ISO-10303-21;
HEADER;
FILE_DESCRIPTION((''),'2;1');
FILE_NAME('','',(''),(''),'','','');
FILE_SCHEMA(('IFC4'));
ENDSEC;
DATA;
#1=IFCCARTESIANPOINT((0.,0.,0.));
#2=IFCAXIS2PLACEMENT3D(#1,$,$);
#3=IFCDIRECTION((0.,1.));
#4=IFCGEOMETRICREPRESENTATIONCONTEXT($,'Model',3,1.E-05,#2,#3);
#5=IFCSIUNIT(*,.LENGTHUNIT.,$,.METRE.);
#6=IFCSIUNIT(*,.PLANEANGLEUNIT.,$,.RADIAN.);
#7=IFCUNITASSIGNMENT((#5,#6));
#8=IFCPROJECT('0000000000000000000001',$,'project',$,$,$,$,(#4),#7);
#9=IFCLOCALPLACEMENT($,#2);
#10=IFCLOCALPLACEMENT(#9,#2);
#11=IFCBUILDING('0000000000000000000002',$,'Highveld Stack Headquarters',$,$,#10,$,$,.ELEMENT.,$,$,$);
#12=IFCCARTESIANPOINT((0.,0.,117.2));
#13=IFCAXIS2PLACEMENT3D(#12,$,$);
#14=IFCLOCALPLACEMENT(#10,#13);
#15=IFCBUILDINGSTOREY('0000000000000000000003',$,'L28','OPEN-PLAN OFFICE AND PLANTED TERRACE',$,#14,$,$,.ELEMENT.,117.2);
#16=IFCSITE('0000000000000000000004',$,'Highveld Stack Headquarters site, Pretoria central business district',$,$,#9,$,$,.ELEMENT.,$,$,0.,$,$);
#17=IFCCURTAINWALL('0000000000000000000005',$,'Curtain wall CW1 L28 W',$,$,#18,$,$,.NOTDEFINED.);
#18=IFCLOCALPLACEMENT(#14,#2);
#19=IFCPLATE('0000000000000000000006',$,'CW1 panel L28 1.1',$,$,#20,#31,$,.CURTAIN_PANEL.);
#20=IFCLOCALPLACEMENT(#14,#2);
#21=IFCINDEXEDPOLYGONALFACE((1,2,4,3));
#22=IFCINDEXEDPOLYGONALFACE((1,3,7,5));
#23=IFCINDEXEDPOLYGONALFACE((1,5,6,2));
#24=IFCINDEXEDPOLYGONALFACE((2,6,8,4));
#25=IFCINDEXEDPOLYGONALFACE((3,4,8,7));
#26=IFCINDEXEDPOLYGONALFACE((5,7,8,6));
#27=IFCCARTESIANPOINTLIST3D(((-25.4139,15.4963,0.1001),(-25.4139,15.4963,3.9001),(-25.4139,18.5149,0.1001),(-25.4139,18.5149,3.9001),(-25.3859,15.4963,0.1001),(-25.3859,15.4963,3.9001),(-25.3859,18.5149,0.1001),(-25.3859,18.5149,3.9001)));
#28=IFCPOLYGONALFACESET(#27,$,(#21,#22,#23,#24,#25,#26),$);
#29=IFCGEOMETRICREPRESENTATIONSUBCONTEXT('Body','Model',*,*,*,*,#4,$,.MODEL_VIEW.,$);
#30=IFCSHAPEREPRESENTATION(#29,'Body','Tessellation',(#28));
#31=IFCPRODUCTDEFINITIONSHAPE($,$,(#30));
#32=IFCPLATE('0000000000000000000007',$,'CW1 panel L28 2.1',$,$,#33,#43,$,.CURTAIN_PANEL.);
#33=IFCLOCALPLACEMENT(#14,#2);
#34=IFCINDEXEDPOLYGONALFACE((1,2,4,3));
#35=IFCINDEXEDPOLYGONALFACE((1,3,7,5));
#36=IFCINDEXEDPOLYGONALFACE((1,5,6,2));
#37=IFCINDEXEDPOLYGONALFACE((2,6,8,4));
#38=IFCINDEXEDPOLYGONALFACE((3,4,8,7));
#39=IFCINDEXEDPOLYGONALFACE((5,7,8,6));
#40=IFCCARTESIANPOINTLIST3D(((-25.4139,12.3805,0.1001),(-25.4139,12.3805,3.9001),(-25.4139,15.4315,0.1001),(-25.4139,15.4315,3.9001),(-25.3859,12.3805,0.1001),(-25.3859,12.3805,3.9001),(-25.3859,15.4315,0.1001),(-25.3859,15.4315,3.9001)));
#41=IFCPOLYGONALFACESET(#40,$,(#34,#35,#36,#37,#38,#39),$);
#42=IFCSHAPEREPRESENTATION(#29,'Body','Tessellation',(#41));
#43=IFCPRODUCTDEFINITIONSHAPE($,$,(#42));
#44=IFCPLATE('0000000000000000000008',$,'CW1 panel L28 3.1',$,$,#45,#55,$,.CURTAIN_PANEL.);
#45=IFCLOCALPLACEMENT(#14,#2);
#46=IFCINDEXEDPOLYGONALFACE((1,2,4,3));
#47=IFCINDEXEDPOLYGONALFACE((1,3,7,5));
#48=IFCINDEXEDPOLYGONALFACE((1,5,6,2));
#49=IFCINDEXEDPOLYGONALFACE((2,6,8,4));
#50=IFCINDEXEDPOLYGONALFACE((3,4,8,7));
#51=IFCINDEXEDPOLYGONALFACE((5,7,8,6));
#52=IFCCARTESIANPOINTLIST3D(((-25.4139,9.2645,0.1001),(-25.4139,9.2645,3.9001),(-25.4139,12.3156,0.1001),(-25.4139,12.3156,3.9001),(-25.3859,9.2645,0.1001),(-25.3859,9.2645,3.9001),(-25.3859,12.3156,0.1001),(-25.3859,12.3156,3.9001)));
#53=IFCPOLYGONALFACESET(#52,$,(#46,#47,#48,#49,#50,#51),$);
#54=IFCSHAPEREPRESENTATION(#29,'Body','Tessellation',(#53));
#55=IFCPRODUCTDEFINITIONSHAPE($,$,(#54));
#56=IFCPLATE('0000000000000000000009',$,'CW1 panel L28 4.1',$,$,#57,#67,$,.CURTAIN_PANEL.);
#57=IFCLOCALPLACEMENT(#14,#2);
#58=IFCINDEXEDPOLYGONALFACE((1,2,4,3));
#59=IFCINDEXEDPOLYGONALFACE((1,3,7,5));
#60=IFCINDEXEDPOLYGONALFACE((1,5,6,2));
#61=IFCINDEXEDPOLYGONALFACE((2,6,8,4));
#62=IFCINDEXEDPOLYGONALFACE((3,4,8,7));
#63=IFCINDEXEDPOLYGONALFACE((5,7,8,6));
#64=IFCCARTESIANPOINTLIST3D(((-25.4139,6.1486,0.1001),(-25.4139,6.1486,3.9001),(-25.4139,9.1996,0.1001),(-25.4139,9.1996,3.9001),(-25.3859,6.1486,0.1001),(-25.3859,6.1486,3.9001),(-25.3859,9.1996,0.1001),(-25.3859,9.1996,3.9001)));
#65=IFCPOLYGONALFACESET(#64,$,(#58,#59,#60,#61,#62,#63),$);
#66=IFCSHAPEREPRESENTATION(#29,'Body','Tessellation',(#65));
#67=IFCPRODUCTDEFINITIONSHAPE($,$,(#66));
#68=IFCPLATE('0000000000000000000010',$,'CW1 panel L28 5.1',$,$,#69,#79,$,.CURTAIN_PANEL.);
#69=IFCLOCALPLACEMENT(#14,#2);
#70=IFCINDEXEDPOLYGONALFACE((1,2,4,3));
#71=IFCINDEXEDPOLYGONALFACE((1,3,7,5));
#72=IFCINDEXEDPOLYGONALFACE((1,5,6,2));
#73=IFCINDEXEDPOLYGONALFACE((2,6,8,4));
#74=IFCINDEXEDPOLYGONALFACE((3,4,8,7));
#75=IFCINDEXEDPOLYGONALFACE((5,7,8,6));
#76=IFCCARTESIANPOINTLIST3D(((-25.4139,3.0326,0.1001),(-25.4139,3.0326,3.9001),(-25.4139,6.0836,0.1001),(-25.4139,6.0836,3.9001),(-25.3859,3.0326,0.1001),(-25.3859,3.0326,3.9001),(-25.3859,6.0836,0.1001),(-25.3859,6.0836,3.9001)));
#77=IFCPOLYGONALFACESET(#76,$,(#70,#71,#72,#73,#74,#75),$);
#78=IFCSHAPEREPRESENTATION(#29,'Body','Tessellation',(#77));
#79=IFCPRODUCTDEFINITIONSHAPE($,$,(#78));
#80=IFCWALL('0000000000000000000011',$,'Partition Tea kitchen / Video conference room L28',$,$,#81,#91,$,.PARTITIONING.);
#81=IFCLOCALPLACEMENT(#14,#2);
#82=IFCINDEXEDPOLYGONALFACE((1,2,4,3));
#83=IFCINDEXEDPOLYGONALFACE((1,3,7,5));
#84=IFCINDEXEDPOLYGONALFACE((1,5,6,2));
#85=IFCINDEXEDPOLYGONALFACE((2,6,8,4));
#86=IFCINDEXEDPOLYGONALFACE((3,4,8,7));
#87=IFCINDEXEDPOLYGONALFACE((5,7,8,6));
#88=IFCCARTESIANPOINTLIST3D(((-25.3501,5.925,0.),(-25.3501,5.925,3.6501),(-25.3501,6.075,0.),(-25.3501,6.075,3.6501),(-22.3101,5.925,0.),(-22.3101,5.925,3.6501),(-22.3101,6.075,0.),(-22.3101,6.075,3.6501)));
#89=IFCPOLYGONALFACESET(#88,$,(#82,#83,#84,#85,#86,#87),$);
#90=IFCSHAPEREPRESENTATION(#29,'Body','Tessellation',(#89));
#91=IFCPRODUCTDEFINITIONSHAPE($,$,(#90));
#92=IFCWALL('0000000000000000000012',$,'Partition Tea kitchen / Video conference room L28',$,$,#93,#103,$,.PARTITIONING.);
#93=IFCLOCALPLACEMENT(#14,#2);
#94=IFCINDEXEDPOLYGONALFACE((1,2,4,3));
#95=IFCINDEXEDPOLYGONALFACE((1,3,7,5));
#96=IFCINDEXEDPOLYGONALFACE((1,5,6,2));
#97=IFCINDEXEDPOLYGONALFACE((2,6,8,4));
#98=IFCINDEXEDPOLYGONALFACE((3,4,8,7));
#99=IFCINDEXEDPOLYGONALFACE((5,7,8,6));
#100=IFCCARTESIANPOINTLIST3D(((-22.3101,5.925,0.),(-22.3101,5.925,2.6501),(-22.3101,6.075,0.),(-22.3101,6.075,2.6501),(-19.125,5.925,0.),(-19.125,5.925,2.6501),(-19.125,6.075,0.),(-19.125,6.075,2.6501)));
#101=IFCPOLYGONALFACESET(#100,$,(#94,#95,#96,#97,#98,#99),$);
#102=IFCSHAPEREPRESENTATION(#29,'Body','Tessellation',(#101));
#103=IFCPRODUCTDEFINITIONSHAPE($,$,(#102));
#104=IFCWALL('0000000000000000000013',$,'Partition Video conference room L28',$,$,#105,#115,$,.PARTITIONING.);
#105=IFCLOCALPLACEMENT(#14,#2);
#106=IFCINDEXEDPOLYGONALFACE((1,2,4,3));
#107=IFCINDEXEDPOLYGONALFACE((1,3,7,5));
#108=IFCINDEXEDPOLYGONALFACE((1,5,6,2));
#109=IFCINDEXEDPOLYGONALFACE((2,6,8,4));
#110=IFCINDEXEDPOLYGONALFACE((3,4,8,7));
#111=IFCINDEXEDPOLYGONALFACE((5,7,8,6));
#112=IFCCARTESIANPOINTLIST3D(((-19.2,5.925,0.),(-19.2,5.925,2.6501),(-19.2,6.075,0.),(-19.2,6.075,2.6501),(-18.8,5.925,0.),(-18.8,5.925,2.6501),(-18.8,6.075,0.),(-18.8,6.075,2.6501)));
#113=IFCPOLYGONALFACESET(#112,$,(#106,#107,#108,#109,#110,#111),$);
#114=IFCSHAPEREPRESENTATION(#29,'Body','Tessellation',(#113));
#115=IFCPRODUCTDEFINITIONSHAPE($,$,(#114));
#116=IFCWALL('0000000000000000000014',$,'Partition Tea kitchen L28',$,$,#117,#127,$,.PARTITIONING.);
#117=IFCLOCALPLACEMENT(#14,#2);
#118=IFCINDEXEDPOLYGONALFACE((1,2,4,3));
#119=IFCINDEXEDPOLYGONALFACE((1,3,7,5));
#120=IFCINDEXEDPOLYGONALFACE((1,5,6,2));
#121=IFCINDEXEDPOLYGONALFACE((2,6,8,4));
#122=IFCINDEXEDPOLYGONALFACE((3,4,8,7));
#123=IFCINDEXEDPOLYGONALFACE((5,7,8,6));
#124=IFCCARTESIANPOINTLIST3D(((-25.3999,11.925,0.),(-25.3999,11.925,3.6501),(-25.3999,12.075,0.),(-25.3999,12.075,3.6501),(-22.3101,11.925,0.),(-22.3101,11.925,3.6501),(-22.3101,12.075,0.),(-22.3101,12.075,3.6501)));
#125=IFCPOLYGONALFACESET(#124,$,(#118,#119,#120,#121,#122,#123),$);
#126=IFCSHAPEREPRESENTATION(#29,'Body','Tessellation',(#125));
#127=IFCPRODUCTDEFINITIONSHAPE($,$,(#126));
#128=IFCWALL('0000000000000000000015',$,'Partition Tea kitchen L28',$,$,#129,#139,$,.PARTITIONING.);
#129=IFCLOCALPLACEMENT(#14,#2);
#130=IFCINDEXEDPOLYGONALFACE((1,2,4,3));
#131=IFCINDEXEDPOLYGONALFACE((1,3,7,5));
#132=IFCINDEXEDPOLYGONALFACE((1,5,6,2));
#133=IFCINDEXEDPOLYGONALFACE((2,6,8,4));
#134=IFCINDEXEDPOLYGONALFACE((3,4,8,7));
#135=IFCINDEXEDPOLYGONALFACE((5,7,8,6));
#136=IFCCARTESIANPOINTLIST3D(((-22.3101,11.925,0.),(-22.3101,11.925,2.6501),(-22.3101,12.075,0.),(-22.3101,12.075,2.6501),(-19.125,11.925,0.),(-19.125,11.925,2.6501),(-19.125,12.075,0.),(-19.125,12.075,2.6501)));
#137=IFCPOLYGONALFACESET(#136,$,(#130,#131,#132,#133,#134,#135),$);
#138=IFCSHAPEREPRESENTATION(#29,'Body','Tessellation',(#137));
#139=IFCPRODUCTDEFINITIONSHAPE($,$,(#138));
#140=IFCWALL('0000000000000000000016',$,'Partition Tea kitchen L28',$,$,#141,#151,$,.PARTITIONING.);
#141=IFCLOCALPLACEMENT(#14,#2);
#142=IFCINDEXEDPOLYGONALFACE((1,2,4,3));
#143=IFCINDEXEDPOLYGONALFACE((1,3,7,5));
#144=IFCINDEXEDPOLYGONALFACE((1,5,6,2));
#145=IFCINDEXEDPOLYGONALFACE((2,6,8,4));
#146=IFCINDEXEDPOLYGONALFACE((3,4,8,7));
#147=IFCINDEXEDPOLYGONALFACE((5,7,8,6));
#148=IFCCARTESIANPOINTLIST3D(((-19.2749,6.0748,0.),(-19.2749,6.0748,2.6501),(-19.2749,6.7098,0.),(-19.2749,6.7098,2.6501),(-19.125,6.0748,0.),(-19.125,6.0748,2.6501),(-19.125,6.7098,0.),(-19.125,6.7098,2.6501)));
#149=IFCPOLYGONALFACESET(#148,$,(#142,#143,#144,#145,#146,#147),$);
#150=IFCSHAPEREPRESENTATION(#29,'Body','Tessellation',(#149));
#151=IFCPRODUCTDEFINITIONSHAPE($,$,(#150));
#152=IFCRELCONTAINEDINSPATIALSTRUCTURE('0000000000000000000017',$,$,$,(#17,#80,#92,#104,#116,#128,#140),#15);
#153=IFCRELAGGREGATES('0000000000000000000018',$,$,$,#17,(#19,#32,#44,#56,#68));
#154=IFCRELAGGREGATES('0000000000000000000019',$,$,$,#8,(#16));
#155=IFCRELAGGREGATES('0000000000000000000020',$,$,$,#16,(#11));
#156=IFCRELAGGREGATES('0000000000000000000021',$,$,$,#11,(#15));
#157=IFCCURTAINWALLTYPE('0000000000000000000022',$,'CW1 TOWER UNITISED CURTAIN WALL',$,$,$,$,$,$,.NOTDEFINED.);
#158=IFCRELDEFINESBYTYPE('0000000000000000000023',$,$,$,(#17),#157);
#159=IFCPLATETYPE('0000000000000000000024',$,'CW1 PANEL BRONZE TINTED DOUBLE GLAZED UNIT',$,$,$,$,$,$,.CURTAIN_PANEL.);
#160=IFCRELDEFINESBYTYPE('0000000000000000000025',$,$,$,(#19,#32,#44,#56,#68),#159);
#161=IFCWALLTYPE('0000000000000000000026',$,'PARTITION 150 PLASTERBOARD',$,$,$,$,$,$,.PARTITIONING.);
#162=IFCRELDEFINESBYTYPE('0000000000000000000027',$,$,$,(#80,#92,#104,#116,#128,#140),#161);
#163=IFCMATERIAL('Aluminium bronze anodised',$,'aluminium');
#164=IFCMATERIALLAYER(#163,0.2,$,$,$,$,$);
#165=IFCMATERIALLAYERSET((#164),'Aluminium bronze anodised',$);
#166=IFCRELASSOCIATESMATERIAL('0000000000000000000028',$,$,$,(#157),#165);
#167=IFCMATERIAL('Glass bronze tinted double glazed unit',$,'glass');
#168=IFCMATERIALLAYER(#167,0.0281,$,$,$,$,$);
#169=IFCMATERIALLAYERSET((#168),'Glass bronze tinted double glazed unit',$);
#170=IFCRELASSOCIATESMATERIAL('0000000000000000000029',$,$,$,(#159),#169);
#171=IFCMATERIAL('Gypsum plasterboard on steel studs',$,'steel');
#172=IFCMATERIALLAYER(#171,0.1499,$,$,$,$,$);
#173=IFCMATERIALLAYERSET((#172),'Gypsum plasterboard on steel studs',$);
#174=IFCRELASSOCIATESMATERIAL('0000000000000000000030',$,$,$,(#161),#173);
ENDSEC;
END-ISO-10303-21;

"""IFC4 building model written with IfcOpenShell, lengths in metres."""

from ifc_helpers import new_model, si_unit, direction, frame, frame_2d, origin, origin_2d, place, context, subcontext, project, spatial, rectangle, extrude, material, layer, layer_set, type_object, element, aggregate, save


model = new_model("IFC4")

# Units and contexts
model_context = context("Model", 3, precision=1e-05, world=origin(), true_north=direction((0.0, 1.0)))
body_context = subcontext(model_context, "Body", "Model", "MODEL_VIEW")
ifc_project = project(units=[si_unit("LENGTHUNIT", "METRE"), si_unit("PLANEANGLEUNIT", "RADIAN")], contexts=[model_context])

# Site, building, storey
site_placement = place(None, origin())
site = spatial("IfcSite", under=ifc_project, at=site_placement, Name="Highveld Stack Headquarters site, Pretoria central business district", CompositionType="ELEMENT", RefElevation=0.0)
building_placement = place(site_placement, origin())
building = spatial("IfcBuilding", under=site, at=building_placement, Name="Highveld Stack Headquarters", CompositionType="ELEMENT")
storey_placement = place(building_placement, frame((0.0, 0.0, 117.2)))
storey = spatial("IfcBuildingStorey", under=building, at=storey_placement, Name="L28", Description="OPEN-PLAN OFFICE AND PLANTED TERRACE", CompositionType="ELEMENT", Elevation=117.2)

# Curtain wall
ifc_material_1 = material(Name="Aluminium bronze anodised", Category="aluminium")
ifc_layer_1 = layer(ifc_material_1, 0.2)
ifc_layer_set_1 = layer_set([ifc_layer_1], Name="Aluminium bronze anodised")
curtain_wall_type = type_object("IfcCurtainWallType", Name="CW1 TOWER UNITISED CURTAIN WALL", PredefinedType="NOTDEFINED", material=ifc_layer_set_1)
curtain_wall_placement = place(storey_placement, origin())
curtain_wall = element("IfcCurtainWall", 1, at=curtain_wall_placement, inside=storey, type_object=curtain_wall_type, Name="Curtain wall CW1 L28 W", PredefinedType="NOTDEFINED")

# Plates
ifc_material_2 = material(Name="Glass bronze tinted double glazed unit", Category="glass")
ifc_layer_2 = layer(ifc_material_2, 0.0281)
ifc_layer_set_2 = layer_set([ifc_layer_2], Name="Glass bronze tinted double glazed unit")
plate_type = type_object("IfcPlateType", Name="CW1 PANEL BRONZE TINTED DOUBLE GLAZED UNIT", PredefinedType="CURTAIN_PANEL", material=ifc_layer_set_2)
plate_1_placement = place(storey_placement, frame((-25.3999, 17.0056, 0.1001), z_axis=(0.0, 0.0, 1.0), x_axis=(0.0, -1.0, 0.0)))
plate_1 = element("IfcPlate", 2, at=plate_1_placement, type_object=plate_type, Name="CW1 panel L28 1.1", PredefinedType="CURTAIN_PANEL", context=body_context, shape_type="SweptSolid", body=[
    extrude(rectangle(XDim=3.0186, YDim=0.0281, at=origin_2d()), origin(), (0.0, 0.0, 1.0), 3.8),
])
plate_2_placement = place(storey_placement, frame((-25.3999, 13.906, 0.1001), z_axis=(0.0, 0.0, 1.0), x_axis=(0.0, -1.0, 0.0)))
plate_2 = element("IfcPlate", 3, at=plate_2_placement, type_object=plate_type, Name="CW1 panel L28 2.1", PredefinedType="CURTAIN_PANEL", context=body_context, shape_type="SweptSolid", body=[
    extrude(rectangle(XDim=3.051, YDim=0.0281, at=origin_2d()), origin(), (0.0, 0.0, 1.0), 3.8),
])
plate_3_placement = place(storey_placement, frame((-25.3999, 10.79, 0.1001), z_axis=(0.0, 0.0, 1.0), x_axis=(0.0, -1.0, 0.0)))
plate_3 = element("IfcPlate", 4, at=plate_3_placement, type_object=plate_type, Name="CW1 panel L28 3.1", PredefinedType="CURTAIN_PANEL", context=body_context, shape_type="SweptSolid", body=[
    extrude(rectangle(XDim=3.051, YDim=0.0281, at=origin_2d()), origin(), (0.0, 0.0, 1.0), 3.8),
])
plate_4_placement = place(storey_placement, frame((-25.3999, 7.6741, 0.1001), z_axis=(0.0, 0.0, 1.0), x_axis=(0.0, -1.0, 0.0)))
plate_4 = element("IfcPlate", 5, at=plate_4_placement, type_object=plate_type, Name="CW1 panel L28 4.1", PredefinedType="CURTAIN_PANEL", context=body_context, shape_type="SweptSolid", body=[
    extrude(rectangle(XDim=3.051, YDim=0.0281, at=origin_2d()), origin(), (0.0, 0.0, 1.0), 3.8),
])
plate_5_placement = place(storey_placement, frame((-25.3999, 4.5581, 0.1001), z_axis=(0.0, 0.0, 1.0), x_axis=(0.0, -1.0, 0.0)))
plate_5 = element("IfcPlate", 6, at=plate_5_placement, type_object=plate_type, Name="CW1 panel L28 5.1", PredefinedType="CURTAIN_PANEL", context=body_context, shape_type="SweptSolid", body=[
    extrude(rectangle(XDim=3.051, YDim=0.0281, at=origin_2d()), origin(), (0.0, 0.0, 1.0), 3.8),
])
aggregate(curtain_wall, [plate_1, plate_2, plate_3, plate_4, plate_5])

# Walls
ifc_material_3 = material(Name="Gypsum plasterboard on steel studs", Category="steel")
ifc_layer_3 = layer(ifc_material_3, 0.1499)
ifc_layer_set_3 = layer_set([ifc_layer_3], Name="Gypsum plasterboard on steel studs")
wall_type = type_object("IfcWallType", Name="PARTITION 150 PLASTERBOARD", PredefinedType="PARTITIONING", material=ifc_layer_set_3)
wall_1_placement = place(storey_placement, frame((-25.3501, 6.0, 0.0), z_axis=(0.0, 0.0, 1.0), x_axis=(1.0, 0.0, 0.0)))
element("IfcWall", 7, at=wall_1_placement, inside=storey, type_object=wall_type, Name="Partition Tea kitchen / Video conference room L28", PredefinedType="PARTITIONING", context=body_context, shape_type="SweptSolid", body=[
    extrude(rectangle(XDim=3.04, YDim=0.1499, at=frame_2d((1.52, 0.0))), origin(), (0.0, 0.0, 1.0), 3.6501),
])
wall_2_placement = place(storey_placement, frame((-22.3101, 6.0, 0.0), z_axis=(0.0, 0.0, 1.0), x_axis=(1.0, 0.0, 0.0)))
element("IfcWall", 8, at=wall_2_placement, inside=storey, type_object=wall_type, Name="Partition Tea kitchen / Video conference room L28", PredefinedType="PARTITIONING", context=body_context, shape_type="SweptSolid", body=[
    extrude(rectangle(XDim=3.1851, YDim=0.1499, at=frame_2d((1.5925, 0.0))), origin(), (0.0, 0.0, 1.0), 2.6501),
])
wall_3_placement = place(storey_placement, frame((-19.2, 6.0, 0.0), z_axis=(0.0, 0.0, 1.0), x_axis=(1.0, 0.0, 0.0)))
element("IfcWall", 9, at=wall_3_placement, inside=storey, type_object=wall_type, Name="Partition Video conference room L28", PredefinedType="PARTITIONING", context=body_context, shape_type="SweptSolid", body=[
    extrude(rectangle(XDim=0.3999, YDim=0.1499, at=frame_2d((0.2, 0.0))), origin(), (0.0, 0.0, 1.0), 2.6501),
])
wall_4_placement = place(storey_placement, frame((-25.3999, 12.0, 0.0), z_axis=(0.0, 0.0, 1.0), x_axis=(1.0, 0.0, 0.0)))
element("IfcWall", 10, at=wall_4_placement, inside=storey, type_object=wall_type, Name="Partition Tea kitchen L28", PredefinedType="PARTITIONING", context=body_context, shape_type="SweptSolid", body=[
    extrude(rectangle(XDim=3.0898, YDim=0.1499, at=frame_2d((1.5449, 0.0))), origin(), (0.0, 0.0, 1.0), 3.6501),
])
wall_5_placement = place(storey_placement, frame((-22.3101, 12.0, 0.0), z_axis=(0.0, 0.0, 1.0), x_axis=(1.0, 0.0, 0.0)))
element("IfcWall", 11, at=wall_5_placement, inside=storey, type_object=wall_type, Name="Partition Tea kitchen L28", PredefinedType="PARTITIONING", context=body_context, shape_type="SweptSolid", body=[
    extrude(rectangle(XDim=3.1851, YDim=0.1499, at=frame_2d((1.5925, 0.0))), origin(), (0.0, 0.0, 1.0), 2.6501),
])
wall_6_placement = place(storey_placement, frame((-19.2, 6.075, 0.0), z_axis=(0.0, 0.0, 1.0), x_axis=(0.0, 1.0, 0.0)))
element("IfcWall", 12, at=wall_6_placement, inside=storey, type_object=wall_type, Name="Partition Tea kitchen L28", PredefinedType="PARTITIONING", context=body_context, shape_type="SweptSolid", body=[
    extrude(rectangle(XDim=0.635, YDim=0.1499, at=frame_2d((0.3174, 0.0))), origin(), (0.0, 0.0, 1.0), 2.6501),
])

save(model, "model.ifc")
